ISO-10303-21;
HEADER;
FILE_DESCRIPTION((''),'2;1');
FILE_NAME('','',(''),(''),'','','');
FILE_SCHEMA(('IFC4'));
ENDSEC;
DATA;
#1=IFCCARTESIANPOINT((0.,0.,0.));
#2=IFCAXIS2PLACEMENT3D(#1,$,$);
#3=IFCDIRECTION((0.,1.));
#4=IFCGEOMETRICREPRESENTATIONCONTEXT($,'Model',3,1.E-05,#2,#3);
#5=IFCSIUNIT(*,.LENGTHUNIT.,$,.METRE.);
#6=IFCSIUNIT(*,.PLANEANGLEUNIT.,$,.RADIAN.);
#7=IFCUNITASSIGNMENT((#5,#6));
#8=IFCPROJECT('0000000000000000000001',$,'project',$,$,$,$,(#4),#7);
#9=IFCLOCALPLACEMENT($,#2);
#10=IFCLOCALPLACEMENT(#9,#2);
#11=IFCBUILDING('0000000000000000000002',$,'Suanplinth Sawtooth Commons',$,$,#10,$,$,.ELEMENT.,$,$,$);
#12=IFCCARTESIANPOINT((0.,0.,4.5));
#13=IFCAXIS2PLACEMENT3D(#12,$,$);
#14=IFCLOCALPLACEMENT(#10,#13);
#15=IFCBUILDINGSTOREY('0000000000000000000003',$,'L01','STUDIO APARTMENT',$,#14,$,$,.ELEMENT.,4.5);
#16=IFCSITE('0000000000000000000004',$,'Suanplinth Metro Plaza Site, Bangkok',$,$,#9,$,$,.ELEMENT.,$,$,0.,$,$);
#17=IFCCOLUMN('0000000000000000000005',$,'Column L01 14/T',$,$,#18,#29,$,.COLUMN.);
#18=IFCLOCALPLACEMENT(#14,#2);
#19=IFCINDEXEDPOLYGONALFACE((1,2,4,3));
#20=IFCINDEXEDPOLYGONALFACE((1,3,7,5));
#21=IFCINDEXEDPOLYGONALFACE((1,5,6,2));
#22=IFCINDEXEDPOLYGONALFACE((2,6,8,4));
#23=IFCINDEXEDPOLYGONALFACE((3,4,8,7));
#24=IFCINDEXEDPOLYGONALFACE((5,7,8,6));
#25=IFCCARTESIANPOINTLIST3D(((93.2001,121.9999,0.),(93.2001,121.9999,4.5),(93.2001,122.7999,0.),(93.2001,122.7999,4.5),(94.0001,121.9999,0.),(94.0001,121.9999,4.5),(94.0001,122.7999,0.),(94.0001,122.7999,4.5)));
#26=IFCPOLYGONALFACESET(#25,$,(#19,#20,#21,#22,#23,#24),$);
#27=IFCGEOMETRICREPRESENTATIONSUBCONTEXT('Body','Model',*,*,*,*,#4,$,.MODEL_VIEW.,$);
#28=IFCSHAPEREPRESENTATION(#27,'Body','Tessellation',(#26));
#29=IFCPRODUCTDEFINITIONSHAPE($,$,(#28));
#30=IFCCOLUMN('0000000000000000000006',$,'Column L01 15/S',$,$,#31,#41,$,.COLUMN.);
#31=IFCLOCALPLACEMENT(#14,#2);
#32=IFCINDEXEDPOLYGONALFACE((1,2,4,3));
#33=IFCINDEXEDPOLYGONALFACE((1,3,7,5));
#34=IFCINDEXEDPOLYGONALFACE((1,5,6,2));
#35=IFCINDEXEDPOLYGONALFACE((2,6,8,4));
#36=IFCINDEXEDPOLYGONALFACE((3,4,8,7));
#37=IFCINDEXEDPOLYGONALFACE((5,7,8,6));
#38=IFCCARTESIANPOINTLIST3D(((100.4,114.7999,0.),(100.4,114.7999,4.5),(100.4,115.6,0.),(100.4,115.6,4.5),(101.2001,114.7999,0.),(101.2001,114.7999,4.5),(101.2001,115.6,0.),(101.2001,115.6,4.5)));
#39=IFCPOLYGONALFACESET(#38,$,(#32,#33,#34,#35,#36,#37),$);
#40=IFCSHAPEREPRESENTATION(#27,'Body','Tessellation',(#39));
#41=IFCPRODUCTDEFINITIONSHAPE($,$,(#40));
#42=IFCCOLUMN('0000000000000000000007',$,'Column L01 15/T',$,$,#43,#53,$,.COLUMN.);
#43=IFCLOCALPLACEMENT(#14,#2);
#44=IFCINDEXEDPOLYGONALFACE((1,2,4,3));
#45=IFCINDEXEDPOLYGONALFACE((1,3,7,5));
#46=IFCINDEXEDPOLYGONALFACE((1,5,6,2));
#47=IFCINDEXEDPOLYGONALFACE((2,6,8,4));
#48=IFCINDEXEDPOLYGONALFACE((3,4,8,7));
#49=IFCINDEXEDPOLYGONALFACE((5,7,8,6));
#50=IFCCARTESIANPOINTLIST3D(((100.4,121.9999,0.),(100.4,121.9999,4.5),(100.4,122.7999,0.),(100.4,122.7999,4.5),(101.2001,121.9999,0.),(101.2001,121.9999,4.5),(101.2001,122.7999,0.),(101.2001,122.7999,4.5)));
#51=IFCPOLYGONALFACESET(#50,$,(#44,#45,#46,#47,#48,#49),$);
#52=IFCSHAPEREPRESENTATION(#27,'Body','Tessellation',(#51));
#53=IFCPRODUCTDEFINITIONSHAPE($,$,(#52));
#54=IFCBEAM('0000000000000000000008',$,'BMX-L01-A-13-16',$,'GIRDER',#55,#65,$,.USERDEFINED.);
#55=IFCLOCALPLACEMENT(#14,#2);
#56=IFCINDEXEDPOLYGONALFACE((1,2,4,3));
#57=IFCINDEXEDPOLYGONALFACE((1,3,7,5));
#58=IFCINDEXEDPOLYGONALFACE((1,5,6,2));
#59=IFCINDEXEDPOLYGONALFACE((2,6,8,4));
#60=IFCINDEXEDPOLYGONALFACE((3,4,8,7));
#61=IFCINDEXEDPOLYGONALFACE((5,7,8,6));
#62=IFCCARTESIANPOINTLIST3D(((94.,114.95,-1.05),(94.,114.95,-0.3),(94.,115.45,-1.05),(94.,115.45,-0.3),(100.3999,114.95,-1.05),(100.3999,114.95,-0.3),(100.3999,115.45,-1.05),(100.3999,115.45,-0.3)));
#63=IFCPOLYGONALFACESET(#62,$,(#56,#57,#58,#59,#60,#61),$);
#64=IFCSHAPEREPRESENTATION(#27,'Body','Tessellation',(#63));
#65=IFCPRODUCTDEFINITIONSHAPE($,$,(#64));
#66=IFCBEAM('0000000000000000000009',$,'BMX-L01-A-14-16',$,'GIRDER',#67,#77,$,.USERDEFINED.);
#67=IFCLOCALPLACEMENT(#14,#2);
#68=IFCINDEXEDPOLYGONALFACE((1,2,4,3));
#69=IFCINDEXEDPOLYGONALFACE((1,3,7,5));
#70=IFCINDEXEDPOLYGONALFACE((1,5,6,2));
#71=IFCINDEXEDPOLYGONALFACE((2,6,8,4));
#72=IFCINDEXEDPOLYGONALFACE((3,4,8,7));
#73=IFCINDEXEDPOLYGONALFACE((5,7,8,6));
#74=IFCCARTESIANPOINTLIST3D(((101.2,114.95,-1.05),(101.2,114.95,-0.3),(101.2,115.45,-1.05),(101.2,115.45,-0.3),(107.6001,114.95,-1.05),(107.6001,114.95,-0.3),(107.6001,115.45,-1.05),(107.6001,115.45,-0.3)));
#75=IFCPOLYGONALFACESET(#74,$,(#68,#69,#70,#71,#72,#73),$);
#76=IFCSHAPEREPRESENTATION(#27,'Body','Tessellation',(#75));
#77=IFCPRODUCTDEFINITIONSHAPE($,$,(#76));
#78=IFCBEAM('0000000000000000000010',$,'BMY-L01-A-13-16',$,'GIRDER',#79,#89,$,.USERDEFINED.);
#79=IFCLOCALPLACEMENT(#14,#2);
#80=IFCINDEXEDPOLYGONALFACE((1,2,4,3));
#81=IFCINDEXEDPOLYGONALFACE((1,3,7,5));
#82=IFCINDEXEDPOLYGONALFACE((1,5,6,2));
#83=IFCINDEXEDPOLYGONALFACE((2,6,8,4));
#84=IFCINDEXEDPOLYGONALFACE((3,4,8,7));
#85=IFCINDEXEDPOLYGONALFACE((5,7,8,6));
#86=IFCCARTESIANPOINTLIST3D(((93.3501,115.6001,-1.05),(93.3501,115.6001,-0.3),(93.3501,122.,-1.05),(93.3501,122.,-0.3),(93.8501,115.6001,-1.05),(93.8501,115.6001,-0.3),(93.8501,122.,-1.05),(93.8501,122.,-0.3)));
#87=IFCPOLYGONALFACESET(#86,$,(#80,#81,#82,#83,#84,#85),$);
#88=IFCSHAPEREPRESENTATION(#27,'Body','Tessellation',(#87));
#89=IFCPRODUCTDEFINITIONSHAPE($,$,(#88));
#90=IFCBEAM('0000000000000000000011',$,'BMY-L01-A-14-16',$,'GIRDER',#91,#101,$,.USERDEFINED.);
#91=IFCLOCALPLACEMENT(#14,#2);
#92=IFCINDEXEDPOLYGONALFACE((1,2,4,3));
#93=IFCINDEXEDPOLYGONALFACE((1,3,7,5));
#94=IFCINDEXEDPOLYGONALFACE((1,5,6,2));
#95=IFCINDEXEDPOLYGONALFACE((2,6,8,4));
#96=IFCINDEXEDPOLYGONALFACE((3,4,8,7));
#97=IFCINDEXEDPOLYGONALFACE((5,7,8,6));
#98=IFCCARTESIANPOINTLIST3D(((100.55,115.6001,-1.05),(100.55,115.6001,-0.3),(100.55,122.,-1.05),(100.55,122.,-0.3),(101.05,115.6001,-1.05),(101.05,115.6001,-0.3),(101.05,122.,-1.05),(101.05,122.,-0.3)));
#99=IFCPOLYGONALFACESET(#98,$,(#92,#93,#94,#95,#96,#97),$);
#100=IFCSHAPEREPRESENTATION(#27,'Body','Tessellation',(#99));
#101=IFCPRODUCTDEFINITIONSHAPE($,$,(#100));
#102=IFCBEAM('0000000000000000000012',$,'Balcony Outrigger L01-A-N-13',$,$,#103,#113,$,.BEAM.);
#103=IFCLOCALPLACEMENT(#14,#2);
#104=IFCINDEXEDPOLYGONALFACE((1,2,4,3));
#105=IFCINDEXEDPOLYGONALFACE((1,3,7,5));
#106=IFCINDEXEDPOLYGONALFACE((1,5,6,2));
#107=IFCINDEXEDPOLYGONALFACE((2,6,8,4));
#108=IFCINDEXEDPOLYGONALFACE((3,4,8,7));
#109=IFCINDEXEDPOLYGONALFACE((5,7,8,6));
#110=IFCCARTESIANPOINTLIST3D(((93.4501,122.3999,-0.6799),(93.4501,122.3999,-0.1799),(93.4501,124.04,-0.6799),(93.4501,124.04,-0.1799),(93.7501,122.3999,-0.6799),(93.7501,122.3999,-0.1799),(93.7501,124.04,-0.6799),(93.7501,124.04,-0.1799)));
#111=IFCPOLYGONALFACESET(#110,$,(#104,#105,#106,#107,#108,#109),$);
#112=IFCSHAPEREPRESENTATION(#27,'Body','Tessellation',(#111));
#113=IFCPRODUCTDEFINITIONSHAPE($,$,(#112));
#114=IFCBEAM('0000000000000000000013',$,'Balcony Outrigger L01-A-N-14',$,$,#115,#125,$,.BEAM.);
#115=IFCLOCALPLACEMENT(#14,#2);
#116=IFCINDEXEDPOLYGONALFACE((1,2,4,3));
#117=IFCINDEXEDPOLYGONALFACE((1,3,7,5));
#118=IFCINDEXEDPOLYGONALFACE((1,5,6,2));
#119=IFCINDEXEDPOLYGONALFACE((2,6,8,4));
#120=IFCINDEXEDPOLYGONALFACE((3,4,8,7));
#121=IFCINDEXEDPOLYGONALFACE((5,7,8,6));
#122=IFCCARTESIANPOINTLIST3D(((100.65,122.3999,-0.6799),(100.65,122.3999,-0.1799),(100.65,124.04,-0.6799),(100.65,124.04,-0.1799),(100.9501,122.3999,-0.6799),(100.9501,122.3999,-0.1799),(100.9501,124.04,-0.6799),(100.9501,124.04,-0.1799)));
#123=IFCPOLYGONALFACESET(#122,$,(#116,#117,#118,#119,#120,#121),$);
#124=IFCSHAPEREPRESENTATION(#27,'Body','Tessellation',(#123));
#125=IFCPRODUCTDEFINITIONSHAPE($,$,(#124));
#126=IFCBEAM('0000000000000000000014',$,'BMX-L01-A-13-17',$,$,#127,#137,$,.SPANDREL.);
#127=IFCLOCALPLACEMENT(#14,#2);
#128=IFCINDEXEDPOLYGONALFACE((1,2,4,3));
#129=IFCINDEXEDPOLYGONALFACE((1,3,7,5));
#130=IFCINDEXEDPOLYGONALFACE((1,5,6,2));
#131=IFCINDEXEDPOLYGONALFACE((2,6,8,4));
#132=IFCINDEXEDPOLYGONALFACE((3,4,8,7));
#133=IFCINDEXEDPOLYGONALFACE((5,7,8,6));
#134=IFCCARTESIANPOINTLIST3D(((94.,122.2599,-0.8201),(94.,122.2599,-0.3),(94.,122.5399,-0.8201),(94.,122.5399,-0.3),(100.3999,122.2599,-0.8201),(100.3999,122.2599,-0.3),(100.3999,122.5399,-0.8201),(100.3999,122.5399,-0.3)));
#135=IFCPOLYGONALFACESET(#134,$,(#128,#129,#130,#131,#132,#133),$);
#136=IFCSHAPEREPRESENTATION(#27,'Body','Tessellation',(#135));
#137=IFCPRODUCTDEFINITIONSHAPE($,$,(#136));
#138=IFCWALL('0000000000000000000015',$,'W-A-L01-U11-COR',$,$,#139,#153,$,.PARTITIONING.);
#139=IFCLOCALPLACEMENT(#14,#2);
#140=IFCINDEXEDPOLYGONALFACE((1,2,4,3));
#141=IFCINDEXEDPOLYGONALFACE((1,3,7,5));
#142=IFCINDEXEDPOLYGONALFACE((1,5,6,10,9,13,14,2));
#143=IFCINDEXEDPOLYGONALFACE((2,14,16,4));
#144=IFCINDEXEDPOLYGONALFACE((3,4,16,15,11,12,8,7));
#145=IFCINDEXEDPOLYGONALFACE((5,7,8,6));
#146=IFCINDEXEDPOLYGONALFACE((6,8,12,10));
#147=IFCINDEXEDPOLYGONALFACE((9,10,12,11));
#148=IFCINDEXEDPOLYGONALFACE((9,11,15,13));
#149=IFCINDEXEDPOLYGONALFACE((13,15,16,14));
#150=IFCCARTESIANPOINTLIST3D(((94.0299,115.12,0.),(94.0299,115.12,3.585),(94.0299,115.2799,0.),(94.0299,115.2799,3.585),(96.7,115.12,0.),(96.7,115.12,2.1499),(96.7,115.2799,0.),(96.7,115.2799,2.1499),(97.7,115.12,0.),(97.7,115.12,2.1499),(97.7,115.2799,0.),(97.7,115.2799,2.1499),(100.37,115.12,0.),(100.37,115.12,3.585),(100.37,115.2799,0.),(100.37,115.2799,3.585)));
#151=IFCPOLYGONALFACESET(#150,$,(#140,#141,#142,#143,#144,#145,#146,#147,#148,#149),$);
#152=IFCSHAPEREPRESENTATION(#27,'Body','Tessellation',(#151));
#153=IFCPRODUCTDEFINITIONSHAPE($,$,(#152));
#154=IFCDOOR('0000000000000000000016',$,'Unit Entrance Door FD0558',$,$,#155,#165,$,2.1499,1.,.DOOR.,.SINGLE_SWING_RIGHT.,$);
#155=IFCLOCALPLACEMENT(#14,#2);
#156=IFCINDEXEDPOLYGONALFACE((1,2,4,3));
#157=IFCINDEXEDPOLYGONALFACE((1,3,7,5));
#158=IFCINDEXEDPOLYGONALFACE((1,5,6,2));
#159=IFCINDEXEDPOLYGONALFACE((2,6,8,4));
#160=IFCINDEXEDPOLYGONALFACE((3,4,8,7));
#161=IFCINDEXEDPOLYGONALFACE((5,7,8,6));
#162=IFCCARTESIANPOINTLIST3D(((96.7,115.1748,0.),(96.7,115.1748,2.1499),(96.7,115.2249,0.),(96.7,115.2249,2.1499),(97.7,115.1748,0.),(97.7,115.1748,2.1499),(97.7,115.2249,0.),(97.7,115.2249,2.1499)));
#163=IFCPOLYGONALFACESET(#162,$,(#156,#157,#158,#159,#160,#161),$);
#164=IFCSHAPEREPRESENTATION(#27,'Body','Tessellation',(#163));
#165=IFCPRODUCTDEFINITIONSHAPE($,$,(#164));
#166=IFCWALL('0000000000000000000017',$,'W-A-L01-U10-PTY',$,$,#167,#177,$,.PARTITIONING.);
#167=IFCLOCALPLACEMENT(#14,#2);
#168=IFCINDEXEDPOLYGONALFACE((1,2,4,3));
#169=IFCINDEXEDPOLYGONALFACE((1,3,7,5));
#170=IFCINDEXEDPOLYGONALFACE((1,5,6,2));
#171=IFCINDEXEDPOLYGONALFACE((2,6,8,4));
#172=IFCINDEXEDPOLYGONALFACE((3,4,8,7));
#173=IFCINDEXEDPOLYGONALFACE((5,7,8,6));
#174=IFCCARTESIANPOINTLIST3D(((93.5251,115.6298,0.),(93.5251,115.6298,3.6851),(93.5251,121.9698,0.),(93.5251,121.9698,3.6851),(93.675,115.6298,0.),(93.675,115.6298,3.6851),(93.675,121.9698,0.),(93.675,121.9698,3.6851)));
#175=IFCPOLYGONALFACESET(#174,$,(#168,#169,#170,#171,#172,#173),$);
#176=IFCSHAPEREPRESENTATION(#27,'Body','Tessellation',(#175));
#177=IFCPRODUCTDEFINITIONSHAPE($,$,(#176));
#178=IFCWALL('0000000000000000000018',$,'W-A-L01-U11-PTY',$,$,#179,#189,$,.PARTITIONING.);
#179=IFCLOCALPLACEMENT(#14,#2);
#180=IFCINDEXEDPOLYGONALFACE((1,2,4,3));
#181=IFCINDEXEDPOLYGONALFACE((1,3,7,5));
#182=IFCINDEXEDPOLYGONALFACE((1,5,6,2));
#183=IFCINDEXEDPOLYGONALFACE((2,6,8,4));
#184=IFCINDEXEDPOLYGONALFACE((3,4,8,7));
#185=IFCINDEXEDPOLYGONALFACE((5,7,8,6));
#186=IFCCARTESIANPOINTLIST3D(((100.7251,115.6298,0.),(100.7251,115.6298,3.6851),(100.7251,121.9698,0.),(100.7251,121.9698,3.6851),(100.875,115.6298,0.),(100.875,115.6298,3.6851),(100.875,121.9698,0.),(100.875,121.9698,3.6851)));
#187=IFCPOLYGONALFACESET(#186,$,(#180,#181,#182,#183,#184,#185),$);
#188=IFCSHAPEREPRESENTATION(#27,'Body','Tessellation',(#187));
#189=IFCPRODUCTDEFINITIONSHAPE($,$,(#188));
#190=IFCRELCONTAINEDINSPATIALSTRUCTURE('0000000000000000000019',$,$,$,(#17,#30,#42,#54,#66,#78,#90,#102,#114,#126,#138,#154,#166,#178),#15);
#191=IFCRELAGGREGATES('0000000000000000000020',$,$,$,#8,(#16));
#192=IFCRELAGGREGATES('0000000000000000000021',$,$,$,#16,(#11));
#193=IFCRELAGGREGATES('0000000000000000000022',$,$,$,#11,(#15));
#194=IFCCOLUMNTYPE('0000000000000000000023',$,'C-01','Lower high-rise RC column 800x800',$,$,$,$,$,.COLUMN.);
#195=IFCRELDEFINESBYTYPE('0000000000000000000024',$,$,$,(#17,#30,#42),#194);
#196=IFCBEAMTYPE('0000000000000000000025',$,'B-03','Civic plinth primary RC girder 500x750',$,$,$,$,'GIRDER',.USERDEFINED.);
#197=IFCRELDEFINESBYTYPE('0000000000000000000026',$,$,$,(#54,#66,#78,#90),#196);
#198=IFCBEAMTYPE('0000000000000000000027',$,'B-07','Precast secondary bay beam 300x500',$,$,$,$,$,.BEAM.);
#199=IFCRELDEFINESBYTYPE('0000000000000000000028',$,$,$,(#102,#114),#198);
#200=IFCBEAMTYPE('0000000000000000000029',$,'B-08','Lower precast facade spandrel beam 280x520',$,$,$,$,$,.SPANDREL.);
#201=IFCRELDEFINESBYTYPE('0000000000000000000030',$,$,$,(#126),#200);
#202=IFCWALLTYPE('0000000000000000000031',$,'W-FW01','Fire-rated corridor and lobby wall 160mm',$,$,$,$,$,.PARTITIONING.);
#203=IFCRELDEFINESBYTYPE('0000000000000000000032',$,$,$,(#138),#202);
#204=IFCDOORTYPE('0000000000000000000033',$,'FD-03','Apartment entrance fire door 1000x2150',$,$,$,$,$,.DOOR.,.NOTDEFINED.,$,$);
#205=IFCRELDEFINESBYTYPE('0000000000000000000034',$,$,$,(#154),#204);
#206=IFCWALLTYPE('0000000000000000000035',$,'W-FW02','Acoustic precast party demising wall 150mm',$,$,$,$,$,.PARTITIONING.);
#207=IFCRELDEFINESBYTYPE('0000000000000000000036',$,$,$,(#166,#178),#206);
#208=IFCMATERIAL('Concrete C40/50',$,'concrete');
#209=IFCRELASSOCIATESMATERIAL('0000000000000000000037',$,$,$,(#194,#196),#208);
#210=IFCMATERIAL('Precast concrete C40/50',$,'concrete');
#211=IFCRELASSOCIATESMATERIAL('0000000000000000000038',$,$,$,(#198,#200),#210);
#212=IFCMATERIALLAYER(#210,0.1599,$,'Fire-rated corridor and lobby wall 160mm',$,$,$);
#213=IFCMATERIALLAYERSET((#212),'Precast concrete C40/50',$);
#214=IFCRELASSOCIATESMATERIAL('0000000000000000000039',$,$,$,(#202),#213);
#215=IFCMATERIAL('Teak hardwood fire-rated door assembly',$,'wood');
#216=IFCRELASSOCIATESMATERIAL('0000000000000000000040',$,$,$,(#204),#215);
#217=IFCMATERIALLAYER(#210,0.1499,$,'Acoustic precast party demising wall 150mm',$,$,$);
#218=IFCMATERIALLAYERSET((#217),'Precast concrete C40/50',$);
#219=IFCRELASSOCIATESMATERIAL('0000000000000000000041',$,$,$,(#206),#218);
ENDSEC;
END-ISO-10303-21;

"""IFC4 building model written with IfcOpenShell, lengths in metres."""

from ifc_helpers import new_model, si_unit, direction, frame, frame_2d, origin, origin_2d, place, context, subcontext, project, spatial, rectangle, extrude, material, layer, layer_set, material_profile, profile_set, type_object, element, fill, save


model = new_model("IFC4")

# Units and contexts
model_context = context("Model", 3, precision=1e-05, world=origin(), true_north=direction((0.0, 1.0)))
body_context = subcontext(model_context, "Body", "Model", "MODEL_VIEW")
ifc_project = project(units=[si_unit("LENGTHUNIT", "METRE"), si_unit("PLANEANGLEUNIT", "RADIAN")], contexts=[model_context])

# Site, building, storey
site_placement = place(None, origin())
site = spatial("IfcSite", under=ifc_project, at=site_placement, Name="Suanplinth Metro Plaza Site, Bangkok", CompositionType="ELEMENT", RefElevation=0.0)
building_placement = place(site_placement, origin())
building = spatial("IfcBuilding", under=site, at=building_placement, Name="Suanplinth Sawtooth Commons", CompositionType="ELEMENT")
storey_placement = place(building_placement, frame((0.0, 0.0, 4.5)))
storey = spatial("IfcBuildingStorey", under=building, at=storey_placement, Name="L01", Description="STUDIO APARTMENT", CompositionType="ELEMENT", Elevation=4.5)

# Columns
ifc_material_1 = material(Name="Concrete C40/50", Category="concrete")
ifc_material_profile_1 = material_profile(ifc_material_1, rectangle(XDim=0.8, YDim=0.8, at=origin_2d()), Name="RC-COL 800x800")
ifc_profile_set_1 = profile_set([ifc_material_profile_1], Name="Concrete C40/50")
column_type = type_object("IfcColumnType", Name="C-01", Description="Lower high-rise RC column 800x800", PredefinedType="COLUMN", material=ifc_profile_set_1)
for number, where, z_axis, x_axis, name in (
    (1, (93.6001, 122.3999, 0.0), (0.0, 0.0, 1.0), (1.0, 0.0, 0.0), "Column L01 14/T"),
    (2, (100.8, 115.2, 0.0), (0.0, 0.0, 1.0), (1.0, 0.0, 0.0), "Column L01 15/S"),
    (3, (100.8, 122.3999, 0.0), (0.0, 0.0, 1.0), (1.0, 0.0, 0.0), "Column L01 15/T"),
):
    element("IfcColumn", number, at=place(storey_placement, frame(where, z_axis=z_axis, x_axis=x_axis)), inside=storey, type_object=column_type, Name=name, PredefinedType="COLUMN", context=body_context, shape_type="SweptSolid", body=[
        extrude(rectangle(XDim=0.8, YDim=0.8, at=origin_2d()), origin(), (0.0, 0.0, 1.0), 4.5),
    ])

# Beams
ifc_material_profile_2 = material_profile(ifc_material_1, rectangle(XDim=0.5, YDim=0.75, at=origin_2d()), Name="RC-GDR 500x750")
ifc_profile_set_2 = profile_set([ifc_material_profile_2], Name="Concrete C40/50")
beam_type_1 = type_object("IfcBeamType", Name="B-03", Description="Civic plinth primary RC girder 500x750", ElementType="GIRDER", PredefinedType="USERDEFINED", material=ifc_profile_set_2)
beam_1_placement = place(storey_placement, frame((94.0, 115.2, -0.675), z_axis=(1.0, 0.0, 0.0), x_axis=(0.0, 1.0, 0.0)))
element("IfcBeam", 4, at=beam_1_placement, inside=storey, type_object=beam_type_1, Name="BMX-L01-A-13-16", ObjectType="GIRDER", PredefinedType="USERDEFINED", context=body_context, shape_type="SweptSolid", body=[
    extrude(rectangle(XDim=0.5, YDim=0.75, at=origin_2d()), origin(), (0.0, 0.0, 1.0), 6.3999),
])
beam_2_placement = place(storey_placement, frame((101.2, 115.2, -0.675), z_axis=(1.0, 0.0, 0.0), x_axis=(0.0, 1.0, 0.0)))
element("IfcBeam", 5, at=beam_2_placement, inside=storey, type_object=beam_type_1, Name="BMX-L01-A-14-16", ObjectType="GIRDER", PredefinedType="USERDEFINED", context=body_context, shape_type="SweptSolid", body=[
    extrude(rectangle(XDim=0.5, YDim=0.75, at=origin_2d()), origin(), (0.0, 0.0, 1.0), 6.4001),
])
for number, where, z_axis, x_axis, name in (
    (6, (93.6001, 115.6001, -0.675), (0.0, 1.0, 0.0), (-1.0, 0.0, 0.0), "BMY-L01-A-13-16"),
    (7, (100.8, 115.6001, -0.675), (0.0, 1.0, 0.0), (-1.0, 0.0, 0.0), "BMY-L01-A-14-16"),
):
    element("IfcBeam", number, at=place(storey_placement, frame(where, z_axis=z_axis, x_axis=x_axis)), inside=storey, type_object=beam_type_1, Name=name, ObjectType="GIRDER", PredefinedType="USERDEFINED", context=body_context, shape_type="SweptSolid", body=[
        extrude(rectangle(XDim=0.5, YDim=0.75, at=origin_2d()), origin(), (0.0, 0.0, 1.0), 6.3999),
    ])
ifc_material_2 = material(Name="Precast concrete C40/50", Category="concrete")
ifc_material_profile_3 = material_profile(ifc_material_2, rectangle(XDim=0.3, YDim=0.5, at=origin_2d()), Name="PC-BM 300x500")
ifc_profile_set_3 = profile_set([ifc_material_profile_3], Name="Precast concrete C40/50")
beam_type_2 = type_object("IfcBeamType", Name="B-07", Description="Precast secondary bay beam 300x500", PredefinedType="BEAM", material=ifc_profile_set_3)
for number, where, z_axis, x_axis, name in (
    (8, (93.6001, 122.3999, -0.4299), (0.0, 1.0, 0.0), (-1.0, 0.0, 0.0), "Balcony Outrigger L01-A-N-13"),
    (9, (100.8, 122.3999, -0.4299), (0.0, 1.0, 0.0), (-1.0, 0.0, 0.0), "Balcony Outrigger L01-A-N-14"),
):
    element("IfcBeam", number, at=place(storey_placement, frame(where, z_axis=z_axis, x_axis=x_axis)), inside=storey, type_object=beam_type_2, Name=name, PredefinedType="BEAM", context=body_context, shape_type="SweptSolid", body=[
        extrude(rectangle(XDim=0.3, YDim=0.5, at=origin_2d()), origin(), (0.0, 0.0, 1.0), 1.6401),
    ])
ifc_material_profile_4 = material_profile(ifc_material_2, rectangle(XDim=0.28, YDim=0.52, at=origin_2d()), Name="PC-SP 280x520")
ifc_profile_set_4 = profile_set([ifc_material_profile_4], Name="Precast concrete C40/50")
beam_type_3 = type_object("IfcBeamType", Name="B-08", Description="Lower precast facade spandrel beam 280x520", PredefinedType="SPANDREL", material=ifc_profile_set_4)
beam_3_placement = place(storey_placement, frame((94.0, 122.3999, -0.5601), z_axis=(1.0, 0.0, 0.0), x_axis=(0.0, 1.0, 0.0)))
element("IfcBeam", 10, at=beam_3_placement, inside=storey, type_object=beam_type_3, Name="BMX-L01-A-13-17", PredefinedType="SPANDREL", context=body_context, shape_type="SweptSolid", body=[
    extrude(rectangle(XDim=0.28, YDim=0.52, at=origin_2d()), origin(), (0.0, 0.0, 1.0), 6.3999),
])

# Wall, opening, door
ifc_layer_1 = layer(ifc_material_2, 0.1599, Name="Fire-rated corridor and lobby wall 160mm")
ifc_layer_set_1 = layer_set([ifc_layer_1], Name="Precast concrete C40/50")
wall_type_1 = type_object("IfcWallType", Name="W-FW01", Description="Fire-rated corridor and lobby wall 160mm", PredefinedType="PARTITIONING", material=ifc_layer_set_1)
wall_1_placement = place(storey_placement, frame((94.03, 115.2, 0.0), z_axis=(0.0, 0.0, 1.0), x_axis=(1.0, 0.0, 0.0)))
wall_1 = element("IfcWall", 11, at=wall_1_placement, inside=storey, type_object=wall_type_1, Name="W-A-L01-U11-COR", PredefinedType="PARTITIONING", context=body_context, shape_type="SweptSolid", body=[
    extrude(rectangle(XDim=6.3401, YDim=0.1599, at=frame_2d((3.1699, 0.0))), origin(), (0.0, 0.0, 1.0), 3.585),
])
opening_1_placement = place(wall_1_placement, frame((2.6699, 0.0, 0.0)))
opening_1 = element("IfcOpeningElement", 12, at=opening_1_placement, cuts=wall_1, PredefinedType="OPENING", context=body_context, shape_type="SweptSolid", body=[
    extrude(rectangle(XDim=1.0, YDim=2.1499, at=frame_2d((0.5, 1.075))), frame((0.0, 0.0947, 0.0), z_axis=(0.0, -1.0, 0.0), x_axis=(1.0, 0.0, 0.0)), (0.0, 0.0, 1.0), 0.1897),
])
ifc_material_3 = material(Name="Teak hardwood fire-rated door assembly", Category="wood")
door_type_1 = type_object("IfcDoorType", Name="FD-03", Description="Apartment entrance fire door 1000x2150", OperationType="NOTDEFINED", PredefinedType="DOOR", material=ifc_material_3)
door_1_placement = place(opening_1_placement, origin())
door_1 = element("IfcDoor", 13, at=door_1_placement, inside=storey, type_object=door_type_1, Name="Unit Entrance Door FD0558", OperationType="SINGLE_SWING_RIGHT", OverallHeight=2.1499, OverallWidth=1.0, PredefinedType="DOOR", context=body_context, shape_type="SweptSolid", body=[
    extrude(rectangle(XDim=1.0, YDim=2.1499, at=frame_2d((0.5, 1.075))), frame((0.0, 0.0249, 0.0), z_axis=(0.0, -1.0, 0.0), x_axis=(1.0, 0.0, 0.0)), (0.0, 0.0, 1.0), 0.05),
])
fill(opening_1, door_1)

# Walls
ifc_layer_2 = layer(ifc_material_2, 0.1499, Name="Acoustic precast party demising wall 150mm")
ifc_layer_set_2 = layer_set([ifc_layer_2], Name="Precast concrete C40/50")
wall_type_2 = type_object("IfcWallType", Name="W-FW02", Description="Acoustic precast party demising wall 150mm", PredefinedType="PARTITIONING", material=ifc_layer_set_2)
for number, where, z_axis, x_axis, name in (
    (14, (93.6001, 115.6299, 0.0), (0.0, 0.0, 1.0), (0.0, 1.0, 0.0), "W-A-L01-U10-PTY"),
    (15, (100.8, 115.6299, 0.0), (0.0, 0.0, 1.0), (0.0, 1.0, 0.0), "W-A-L01-U11-PTY"),
):
    element("IfcWall", number, at=place(storey_placement, frame(where, z_axis=z_axis, x_axis=x_axis)), inside=storey, type_object=wall_type_2, Name=name, PredefinedType="PARTITIONING", context=body_context, shape_type="SweptSolid", body=[
        extrude(rectangle(XDim=6.3401, YDim=0.1499, at=frame_2d((3.1699, 0.0))), origin(), (0.0, 0.0, 1.0), 3.6851),
    ])

save(model, "model.ifc")
